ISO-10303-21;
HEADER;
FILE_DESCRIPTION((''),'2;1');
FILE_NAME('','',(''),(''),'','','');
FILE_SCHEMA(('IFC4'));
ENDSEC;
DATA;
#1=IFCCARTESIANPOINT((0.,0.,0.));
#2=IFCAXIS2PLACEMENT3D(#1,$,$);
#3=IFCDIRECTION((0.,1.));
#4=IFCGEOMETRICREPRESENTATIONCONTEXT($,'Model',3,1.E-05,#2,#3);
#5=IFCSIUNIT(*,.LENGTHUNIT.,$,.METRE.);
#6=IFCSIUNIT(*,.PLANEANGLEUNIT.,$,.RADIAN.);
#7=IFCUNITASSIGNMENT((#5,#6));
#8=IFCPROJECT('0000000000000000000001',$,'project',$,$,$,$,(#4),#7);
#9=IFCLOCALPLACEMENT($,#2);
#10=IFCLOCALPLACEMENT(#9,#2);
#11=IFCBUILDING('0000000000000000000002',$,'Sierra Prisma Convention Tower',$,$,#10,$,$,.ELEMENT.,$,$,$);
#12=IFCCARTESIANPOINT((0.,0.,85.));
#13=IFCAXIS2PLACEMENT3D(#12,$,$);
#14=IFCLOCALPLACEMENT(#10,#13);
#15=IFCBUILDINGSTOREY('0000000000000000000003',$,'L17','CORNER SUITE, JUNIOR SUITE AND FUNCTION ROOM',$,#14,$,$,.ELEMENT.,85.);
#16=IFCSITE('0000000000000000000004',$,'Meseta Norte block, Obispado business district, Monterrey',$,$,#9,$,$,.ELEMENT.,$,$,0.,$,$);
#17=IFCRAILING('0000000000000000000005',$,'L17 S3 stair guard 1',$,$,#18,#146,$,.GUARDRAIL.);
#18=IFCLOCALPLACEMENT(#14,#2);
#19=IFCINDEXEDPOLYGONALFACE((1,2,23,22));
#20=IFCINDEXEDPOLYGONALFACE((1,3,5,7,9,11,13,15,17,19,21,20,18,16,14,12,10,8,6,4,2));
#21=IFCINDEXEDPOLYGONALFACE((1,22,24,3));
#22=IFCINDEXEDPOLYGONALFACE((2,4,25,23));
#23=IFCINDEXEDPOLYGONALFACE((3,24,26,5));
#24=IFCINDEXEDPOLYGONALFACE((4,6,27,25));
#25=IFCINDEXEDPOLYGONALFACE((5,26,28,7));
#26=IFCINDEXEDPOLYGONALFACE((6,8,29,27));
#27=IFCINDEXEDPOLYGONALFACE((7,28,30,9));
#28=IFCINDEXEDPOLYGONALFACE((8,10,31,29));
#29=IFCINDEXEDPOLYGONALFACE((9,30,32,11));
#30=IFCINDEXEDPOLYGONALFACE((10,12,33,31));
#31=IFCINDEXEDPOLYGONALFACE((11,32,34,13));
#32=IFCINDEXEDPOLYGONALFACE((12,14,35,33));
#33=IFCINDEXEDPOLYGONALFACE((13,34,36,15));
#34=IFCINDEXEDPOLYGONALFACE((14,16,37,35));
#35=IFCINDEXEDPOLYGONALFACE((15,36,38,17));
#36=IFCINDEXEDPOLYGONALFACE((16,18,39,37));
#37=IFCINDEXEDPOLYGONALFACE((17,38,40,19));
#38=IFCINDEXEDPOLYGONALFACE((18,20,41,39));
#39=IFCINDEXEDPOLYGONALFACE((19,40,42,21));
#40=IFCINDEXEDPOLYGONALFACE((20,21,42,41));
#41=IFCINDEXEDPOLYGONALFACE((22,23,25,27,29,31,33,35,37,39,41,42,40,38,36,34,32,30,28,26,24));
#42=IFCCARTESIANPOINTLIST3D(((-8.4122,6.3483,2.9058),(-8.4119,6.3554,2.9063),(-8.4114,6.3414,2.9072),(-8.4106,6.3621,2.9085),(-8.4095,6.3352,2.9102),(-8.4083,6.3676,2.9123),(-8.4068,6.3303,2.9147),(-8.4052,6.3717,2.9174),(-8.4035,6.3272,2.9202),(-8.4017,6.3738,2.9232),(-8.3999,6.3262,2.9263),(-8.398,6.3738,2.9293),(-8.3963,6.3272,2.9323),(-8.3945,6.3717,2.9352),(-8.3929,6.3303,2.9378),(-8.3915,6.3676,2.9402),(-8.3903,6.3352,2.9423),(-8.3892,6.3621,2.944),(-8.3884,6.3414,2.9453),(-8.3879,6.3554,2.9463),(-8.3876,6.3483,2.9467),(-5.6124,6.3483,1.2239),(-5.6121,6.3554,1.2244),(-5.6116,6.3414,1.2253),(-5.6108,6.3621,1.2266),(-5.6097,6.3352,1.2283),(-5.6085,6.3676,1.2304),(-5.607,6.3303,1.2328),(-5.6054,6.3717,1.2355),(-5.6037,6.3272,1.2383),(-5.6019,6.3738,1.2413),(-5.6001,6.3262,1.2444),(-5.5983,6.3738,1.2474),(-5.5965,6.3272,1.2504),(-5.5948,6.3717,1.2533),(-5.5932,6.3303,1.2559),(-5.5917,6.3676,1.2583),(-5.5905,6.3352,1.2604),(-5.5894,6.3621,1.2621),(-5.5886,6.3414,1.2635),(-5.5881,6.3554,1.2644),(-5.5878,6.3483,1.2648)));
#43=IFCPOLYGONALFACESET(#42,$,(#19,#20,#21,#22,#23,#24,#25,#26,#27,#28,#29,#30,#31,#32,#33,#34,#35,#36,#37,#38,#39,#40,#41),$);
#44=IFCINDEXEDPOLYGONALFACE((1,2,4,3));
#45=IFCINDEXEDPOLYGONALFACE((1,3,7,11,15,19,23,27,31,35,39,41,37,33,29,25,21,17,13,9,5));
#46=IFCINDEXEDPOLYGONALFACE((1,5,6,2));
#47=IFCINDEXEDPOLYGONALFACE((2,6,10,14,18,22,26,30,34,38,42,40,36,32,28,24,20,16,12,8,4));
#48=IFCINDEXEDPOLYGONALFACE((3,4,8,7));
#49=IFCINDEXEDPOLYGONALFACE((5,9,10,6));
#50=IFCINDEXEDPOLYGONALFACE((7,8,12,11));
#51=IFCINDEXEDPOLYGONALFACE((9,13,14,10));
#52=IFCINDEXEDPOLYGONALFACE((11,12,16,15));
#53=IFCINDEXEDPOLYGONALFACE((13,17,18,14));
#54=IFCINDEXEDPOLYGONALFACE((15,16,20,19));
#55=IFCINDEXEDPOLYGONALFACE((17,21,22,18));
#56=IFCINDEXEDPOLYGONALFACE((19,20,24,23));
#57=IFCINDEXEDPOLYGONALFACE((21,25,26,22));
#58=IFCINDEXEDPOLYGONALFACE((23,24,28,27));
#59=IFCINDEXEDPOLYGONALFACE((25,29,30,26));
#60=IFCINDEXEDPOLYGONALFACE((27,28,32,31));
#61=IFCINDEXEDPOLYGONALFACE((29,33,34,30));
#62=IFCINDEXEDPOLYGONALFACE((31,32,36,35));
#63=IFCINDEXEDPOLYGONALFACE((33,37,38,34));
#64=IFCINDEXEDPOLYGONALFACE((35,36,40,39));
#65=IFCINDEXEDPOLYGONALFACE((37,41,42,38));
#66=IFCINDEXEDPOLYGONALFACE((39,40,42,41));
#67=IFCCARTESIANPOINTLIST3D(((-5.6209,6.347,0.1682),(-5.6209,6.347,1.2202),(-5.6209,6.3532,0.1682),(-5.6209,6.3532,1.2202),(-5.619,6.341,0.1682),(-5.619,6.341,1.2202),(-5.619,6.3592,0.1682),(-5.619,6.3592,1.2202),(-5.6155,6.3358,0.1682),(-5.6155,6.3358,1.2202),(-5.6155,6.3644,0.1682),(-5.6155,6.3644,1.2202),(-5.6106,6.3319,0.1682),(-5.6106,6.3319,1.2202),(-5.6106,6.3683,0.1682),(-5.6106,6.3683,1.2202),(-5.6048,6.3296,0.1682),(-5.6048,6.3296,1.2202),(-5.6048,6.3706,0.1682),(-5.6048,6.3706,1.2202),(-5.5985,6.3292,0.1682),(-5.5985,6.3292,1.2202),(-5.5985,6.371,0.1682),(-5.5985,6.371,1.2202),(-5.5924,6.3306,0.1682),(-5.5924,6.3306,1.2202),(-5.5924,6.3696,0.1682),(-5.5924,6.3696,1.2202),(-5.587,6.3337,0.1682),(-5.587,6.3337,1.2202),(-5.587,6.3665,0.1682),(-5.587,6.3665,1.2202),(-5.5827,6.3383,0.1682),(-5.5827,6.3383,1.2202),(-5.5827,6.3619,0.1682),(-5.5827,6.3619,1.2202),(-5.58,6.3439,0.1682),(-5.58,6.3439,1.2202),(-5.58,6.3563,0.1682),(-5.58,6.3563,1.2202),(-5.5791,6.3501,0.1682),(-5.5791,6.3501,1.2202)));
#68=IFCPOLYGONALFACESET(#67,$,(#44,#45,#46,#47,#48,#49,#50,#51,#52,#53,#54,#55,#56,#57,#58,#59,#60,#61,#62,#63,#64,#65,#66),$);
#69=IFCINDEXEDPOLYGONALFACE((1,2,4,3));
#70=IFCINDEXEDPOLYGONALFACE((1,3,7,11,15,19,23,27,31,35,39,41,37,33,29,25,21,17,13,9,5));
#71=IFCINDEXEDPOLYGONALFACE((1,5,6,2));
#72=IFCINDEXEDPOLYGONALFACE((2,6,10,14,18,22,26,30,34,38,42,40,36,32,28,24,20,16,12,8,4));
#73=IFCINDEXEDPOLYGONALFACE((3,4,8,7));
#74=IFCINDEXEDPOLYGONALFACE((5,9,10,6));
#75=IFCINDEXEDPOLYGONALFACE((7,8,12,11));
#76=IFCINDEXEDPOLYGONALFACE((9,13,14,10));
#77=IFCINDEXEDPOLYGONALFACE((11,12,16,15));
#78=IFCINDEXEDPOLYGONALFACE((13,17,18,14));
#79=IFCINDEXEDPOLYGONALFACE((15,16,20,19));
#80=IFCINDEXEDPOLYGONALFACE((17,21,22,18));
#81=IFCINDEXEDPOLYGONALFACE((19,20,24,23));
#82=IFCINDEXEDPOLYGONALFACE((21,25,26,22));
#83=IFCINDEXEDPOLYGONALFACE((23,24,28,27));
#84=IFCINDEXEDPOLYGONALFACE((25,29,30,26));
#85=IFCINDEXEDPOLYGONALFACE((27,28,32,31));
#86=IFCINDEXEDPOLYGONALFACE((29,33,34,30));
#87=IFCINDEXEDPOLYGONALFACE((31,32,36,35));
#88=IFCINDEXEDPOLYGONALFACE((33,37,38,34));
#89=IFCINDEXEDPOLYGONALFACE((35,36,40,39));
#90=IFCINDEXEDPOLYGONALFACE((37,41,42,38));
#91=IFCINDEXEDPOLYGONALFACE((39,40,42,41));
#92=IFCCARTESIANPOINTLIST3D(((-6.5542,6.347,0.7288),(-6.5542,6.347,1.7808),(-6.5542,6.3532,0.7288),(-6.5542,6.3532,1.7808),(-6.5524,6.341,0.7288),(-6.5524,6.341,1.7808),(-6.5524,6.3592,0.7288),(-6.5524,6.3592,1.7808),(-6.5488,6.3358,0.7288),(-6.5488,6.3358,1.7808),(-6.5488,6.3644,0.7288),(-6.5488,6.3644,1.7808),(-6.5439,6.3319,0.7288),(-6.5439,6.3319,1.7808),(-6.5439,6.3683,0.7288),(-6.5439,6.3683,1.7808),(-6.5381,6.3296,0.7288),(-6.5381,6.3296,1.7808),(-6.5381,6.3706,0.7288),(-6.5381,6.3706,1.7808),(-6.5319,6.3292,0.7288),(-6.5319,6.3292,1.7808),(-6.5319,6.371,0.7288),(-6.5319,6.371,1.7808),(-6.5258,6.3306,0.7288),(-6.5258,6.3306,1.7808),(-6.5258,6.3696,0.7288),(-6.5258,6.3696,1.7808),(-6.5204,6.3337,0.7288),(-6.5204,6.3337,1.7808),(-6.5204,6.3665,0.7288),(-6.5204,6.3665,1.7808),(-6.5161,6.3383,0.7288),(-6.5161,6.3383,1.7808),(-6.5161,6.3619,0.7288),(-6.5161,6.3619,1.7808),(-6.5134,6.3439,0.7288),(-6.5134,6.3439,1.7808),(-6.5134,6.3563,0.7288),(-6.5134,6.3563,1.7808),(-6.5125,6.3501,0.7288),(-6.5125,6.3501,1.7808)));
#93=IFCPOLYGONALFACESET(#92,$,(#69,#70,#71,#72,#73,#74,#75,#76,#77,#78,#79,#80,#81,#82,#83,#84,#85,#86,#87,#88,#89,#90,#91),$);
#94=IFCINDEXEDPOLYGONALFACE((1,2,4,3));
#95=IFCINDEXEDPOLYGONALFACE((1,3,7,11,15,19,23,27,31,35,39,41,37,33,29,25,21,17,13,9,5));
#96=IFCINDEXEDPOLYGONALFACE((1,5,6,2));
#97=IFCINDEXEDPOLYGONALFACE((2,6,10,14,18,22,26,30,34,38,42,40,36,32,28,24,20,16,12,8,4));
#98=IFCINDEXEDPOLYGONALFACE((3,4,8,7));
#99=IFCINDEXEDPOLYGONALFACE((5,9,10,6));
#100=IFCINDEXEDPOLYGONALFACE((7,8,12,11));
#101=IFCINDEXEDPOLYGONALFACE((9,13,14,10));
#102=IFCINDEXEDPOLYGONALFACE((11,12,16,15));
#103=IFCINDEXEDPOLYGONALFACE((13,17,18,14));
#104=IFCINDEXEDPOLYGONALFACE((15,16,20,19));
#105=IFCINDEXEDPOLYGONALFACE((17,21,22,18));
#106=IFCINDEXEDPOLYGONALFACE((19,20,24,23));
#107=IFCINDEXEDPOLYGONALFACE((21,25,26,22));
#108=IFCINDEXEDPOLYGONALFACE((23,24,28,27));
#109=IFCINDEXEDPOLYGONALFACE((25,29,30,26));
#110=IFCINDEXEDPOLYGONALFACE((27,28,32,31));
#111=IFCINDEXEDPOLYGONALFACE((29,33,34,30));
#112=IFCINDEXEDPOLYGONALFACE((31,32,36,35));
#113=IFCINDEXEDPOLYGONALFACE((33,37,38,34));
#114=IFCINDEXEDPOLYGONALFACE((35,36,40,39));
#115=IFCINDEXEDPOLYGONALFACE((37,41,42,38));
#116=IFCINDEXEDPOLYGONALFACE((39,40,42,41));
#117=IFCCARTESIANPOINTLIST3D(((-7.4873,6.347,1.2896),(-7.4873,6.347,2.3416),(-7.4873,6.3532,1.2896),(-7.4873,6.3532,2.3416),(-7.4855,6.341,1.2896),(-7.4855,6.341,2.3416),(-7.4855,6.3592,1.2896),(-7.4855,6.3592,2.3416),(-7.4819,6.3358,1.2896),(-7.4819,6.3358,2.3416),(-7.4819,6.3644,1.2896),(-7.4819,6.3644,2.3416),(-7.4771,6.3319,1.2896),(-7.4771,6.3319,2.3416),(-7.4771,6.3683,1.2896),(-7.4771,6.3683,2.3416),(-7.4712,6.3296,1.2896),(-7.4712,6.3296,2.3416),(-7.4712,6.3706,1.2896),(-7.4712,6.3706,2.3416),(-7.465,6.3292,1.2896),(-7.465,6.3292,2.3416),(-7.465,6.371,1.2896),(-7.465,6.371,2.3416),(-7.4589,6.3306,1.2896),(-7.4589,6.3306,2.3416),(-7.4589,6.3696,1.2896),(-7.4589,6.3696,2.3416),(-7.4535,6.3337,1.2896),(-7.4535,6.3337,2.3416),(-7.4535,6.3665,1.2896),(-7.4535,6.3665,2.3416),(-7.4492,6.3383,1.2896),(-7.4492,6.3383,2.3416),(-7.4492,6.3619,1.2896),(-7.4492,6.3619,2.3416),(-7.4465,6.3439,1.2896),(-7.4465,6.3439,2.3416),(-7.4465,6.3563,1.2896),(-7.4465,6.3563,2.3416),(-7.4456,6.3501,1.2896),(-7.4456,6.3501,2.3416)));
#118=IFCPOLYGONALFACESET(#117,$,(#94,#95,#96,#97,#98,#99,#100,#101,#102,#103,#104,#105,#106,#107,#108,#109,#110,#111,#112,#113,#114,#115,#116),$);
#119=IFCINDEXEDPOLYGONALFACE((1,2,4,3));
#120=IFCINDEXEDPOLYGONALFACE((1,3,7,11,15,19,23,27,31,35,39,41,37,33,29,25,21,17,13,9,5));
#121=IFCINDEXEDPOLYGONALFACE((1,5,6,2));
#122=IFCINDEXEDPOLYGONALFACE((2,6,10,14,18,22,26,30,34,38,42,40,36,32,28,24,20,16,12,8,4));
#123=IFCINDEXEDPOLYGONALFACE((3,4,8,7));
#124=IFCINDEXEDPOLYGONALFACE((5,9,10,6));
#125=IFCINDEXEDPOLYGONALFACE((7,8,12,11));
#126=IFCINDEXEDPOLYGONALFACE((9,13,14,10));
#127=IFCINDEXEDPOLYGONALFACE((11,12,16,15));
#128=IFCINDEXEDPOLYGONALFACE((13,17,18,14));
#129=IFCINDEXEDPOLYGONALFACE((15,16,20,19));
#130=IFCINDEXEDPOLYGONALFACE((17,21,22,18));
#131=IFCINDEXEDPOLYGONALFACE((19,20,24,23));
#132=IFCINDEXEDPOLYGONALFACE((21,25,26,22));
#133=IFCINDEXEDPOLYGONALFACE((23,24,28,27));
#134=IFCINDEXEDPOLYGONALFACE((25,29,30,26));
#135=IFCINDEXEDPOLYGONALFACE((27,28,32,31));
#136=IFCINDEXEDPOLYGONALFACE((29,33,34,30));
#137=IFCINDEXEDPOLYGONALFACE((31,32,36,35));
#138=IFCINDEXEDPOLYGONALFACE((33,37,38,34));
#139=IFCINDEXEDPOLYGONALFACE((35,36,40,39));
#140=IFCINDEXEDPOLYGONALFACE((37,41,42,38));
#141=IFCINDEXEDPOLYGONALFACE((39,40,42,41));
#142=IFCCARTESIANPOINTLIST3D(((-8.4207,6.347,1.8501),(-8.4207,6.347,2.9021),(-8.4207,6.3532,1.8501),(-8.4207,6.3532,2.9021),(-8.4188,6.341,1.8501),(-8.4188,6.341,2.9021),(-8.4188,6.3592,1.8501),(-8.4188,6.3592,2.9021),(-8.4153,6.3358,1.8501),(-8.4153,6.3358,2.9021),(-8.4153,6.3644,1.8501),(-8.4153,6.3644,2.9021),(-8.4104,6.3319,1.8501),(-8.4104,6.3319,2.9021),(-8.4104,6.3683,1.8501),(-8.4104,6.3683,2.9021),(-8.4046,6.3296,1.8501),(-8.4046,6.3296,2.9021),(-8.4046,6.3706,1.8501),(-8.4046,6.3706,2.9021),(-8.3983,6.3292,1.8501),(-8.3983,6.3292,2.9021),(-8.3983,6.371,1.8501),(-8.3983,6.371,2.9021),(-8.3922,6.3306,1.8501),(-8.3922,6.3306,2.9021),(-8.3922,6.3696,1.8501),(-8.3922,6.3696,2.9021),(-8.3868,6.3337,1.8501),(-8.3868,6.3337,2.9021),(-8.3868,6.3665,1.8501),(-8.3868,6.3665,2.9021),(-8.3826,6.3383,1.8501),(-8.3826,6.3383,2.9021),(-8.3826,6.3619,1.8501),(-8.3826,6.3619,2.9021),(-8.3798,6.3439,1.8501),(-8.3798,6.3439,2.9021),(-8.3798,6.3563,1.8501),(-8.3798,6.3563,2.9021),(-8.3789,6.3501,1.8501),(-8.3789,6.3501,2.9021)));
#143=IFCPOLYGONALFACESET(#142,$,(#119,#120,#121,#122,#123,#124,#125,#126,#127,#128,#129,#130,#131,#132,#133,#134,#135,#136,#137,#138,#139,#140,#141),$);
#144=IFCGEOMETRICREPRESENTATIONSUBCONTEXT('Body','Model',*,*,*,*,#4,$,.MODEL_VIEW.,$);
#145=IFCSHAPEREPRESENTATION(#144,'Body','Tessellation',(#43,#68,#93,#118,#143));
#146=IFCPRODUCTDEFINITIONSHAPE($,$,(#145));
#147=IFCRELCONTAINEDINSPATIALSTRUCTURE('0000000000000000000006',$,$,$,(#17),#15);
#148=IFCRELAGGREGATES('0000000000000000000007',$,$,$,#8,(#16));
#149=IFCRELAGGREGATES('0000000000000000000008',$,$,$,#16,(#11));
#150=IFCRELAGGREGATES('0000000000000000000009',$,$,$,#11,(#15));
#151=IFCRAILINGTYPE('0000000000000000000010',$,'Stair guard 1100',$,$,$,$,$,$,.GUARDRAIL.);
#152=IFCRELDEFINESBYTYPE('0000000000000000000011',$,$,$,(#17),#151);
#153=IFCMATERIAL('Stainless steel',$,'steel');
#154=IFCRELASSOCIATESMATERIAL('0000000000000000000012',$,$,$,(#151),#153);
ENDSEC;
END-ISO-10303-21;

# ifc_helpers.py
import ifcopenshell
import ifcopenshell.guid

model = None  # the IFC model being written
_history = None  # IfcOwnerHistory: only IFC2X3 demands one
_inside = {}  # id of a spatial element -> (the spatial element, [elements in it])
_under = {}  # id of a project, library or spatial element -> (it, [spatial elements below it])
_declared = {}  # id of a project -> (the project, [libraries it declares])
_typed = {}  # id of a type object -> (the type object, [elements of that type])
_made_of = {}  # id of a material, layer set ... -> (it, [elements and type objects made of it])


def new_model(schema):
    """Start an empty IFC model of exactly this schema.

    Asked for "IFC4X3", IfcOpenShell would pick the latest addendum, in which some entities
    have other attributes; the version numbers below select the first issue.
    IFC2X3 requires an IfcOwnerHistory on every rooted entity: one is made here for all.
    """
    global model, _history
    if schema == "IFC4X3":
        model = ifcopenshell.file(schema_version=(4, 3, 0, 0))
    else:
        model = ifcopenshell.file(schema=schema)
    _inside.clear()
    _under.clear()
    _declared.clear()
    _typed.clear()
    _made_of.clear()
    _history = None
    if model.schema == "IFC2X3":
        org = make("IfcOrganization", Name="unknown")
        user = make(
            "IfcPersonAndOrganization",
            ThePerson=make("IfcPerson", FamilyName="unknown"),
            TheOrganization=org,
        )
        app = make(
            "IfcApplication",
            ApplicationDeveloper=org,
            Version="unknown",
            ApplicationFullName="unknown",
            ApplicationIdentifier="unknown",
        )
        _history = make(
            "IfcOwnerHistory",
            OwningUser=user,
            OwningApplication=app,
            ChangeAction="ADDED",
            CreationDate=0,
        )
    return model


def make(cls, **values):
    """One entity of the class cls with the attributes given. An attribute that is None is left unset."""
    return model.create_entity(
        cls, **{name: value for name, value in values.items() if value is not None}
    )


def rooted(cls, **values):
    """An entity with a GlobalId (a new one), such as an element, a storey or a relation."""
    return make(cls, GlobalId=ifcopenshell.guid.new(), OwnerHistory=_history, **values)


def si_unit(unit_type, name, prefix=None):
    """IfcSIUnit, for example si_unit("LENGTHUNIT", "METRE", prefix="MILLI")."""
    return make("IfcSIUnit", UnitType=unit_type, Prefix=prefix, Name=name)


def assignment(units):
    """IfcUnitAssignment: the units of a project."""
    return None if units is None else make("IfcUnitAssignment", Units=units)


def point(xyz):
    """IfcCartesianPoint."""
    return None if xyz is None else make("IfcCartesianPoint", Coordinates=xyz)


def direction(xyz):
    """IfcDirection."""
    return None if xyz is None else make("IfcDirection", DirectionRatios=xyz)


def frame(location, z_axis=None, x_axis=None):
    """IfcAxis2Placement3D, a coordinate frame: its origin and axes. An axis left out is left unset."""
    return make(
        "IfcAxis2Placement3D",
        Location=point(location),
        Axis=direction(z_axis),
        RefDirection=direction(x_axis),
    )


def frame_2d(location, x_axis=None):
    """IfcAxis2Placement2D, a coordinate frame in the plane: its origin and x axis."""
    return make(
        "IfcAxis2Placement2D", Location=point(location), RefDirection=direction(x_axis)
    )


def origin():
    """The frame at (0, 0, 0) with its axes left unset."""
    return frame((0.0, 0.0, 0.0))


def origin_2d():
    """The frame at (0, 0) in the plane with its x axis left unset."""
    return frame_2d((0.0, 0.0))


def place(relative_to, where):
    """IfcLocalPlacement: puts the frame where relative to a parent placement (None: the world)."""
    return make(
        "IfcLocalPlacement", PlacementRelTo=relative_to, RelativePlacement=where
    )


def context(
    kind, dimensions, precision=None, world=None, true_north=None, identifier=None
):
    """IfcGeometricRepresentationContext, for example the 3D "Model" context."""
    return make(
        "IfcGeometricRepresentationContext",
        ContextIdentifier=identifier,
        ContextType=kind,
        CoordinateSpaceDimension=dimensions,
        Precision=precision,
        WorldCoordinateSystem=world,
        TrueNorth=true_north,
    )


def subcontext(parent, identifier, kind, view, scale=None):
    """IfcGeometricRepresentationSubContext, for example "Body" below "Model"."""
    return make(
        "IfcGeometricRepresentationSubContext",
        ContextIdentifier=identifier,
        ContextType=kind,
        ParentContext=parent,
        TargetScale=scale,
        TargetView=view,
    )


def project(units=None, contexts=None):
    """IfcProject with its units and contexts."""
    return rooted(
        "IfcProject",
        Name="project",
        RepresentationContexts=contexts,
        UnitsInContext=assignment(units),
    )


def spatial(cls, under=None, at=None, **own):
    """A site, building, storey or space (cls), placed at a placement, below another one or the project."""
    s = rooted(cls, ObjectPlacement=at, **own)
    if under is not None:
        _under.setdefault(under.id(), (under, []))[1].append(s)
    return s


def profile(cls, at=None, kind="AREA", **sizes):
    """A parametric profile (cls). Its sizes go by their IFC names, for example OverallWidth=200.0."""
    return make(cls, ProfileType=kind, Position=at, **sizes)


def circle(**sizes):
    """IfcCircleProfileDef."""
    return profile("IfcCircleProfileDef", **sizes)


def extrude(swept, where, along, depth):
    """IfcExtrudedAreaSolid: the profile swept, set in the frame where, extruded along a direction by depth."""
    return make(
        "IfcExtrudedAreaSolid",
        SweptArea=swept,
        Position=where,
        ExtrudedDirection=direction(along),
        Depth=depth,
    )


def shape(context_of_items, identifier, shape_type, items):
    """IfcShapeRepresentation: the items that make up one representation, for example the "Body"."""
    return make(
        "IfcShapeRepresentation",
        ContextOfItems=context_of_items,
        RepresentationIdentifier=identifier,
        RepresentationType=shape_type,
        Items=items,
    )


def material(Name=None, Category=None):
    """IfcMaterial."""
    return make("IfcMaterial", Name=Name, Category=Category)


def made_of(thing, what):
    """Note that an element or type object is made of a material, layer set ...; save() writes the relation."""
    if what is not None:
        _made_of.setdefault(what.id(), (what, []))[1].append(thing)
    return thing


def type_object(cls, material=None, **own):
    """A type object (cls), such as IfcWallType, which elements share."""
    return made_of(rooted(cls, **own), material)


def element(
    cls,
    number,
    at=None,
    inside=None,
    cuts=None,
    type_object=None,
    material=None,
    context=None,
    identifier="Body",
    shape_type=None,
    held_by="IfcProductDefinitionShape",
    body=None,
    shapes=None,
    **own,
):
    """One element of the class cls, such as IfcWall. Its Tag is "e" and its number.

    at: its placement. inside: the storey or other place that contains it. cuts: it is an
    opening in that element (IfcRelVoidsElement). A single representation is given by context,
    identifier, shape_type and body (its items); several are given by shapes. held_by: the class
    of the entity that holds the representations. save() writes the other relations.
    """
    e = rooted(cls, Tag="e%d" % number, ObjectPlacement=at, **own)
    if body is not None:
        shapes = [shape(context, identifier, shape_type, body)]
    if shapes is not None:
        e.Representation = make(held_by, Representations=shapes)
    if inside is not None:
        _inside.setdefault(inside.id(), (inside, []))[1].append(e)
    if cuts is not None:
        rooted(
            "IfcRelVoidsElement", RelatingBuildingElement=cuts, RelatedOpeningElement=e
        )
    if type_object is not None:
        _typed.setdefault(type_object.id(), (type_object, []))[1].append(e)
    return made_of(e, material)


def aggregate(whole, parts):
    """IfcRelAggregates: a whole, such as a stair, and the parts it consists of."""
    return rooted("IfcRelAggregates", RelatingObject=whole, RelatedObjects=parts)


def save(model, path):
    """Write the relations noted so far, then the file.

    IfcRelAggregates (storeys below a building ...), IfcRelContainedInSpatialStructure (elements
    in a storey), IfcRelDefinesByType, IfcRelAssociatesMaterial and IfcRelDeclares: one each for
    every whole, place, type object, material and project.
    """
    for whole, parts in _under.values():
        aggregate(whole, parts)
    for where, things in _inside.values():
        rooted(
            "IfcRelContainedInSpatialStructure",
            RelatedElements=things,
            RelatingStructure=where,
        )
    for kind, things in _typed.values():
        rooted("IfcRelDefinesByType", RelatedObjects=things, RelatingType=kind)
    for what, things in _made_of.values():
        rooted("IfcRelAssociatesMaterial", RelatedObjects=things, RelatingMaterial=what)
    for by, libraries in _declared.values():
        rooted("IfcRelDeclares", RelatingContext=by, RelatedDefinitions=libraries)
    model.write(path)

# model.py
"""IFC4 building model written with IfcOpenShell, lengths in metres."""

from ifc_helpers import new_model, si_unit, direction, frame, origin, origin_2d, place, context, subcontext, project, spatial, circle, extrude, material, type_object, element, save


model = new_model("IFC4")

# Units and contexts
model_context = context("Model", 3, precision=1e-05, world=origin(), true_north=direction((0.0, 1.0)))
body_context = subcontext(model_context, "Body", "Model", "MODEL_VIEW")
ifc_project = project(units=[si_unit("LENGTHUNIT", "METRE"), si_unit("PLANEANGLEUNIT", "RADIAN")], contexts=[model_context])

# Site, building, storey
site_placement = place(None, origin())
site = spatial("IfcSite", under=ifc_project, at=site_placement, Name="Meseta Norte block, Obispado business district, Monterrey", CompositionType="ELEMENT", RefElevation=0.0)
building_placement = place(site_placement, origin())
building = spatial("IfcBuilding", under=site, at=building_placement, Name="Sierra Prisma Convention Tower", CompositionType="ELEMENT")
storey_placement = place(building_placement, frame((0.0, 0.0, 85.0)))
storey = spatial("IfcBuildingStorey", under=building, at=storey_placement, Name="L17", Description="CORNER SUITE, JUNIOR SUITE AND FUNCTION ROOM", CompositionType="ELEMENT", Elevation=85.0)

# Railing
ifc_material_1 = material(Name="Stainless steel", Category="steel")
railing_type_1 = type_object("IfcRailingType", Name="Stair guard 1100", PredefinedType="GUARDRAIL", material=ifc_material_1)
railing_1_placement = place(storey_placement, frame((-5.6001, 6.3501, 0.1682)))
element("IfcRailing", 1, at=railing_1_placement, inside=storey, type_object=railing_type_1, Name="L17 S3 stair guard 1", PredefinedType="GUARDRAIL", context=body_context, shape_type="SweptSolid", body=[
    extrude(circle(Radius=0.0239, at=origin_2d()), frame((0.0, 0.0, 1.0762), z_axis=(-0.857222, 0.0, 0.514946), x_axis=(0.0, -1.0, 0.0)), (0.0, 0.0, 1.0), 3.2661),
    extrude(circle(Radius=0.021, at=origin_2d()), origin(), (0.0, 0.0, 1.0), 1.052),
    extrude(circle(Radius=0.021, at=origin_2d()), frame((-0.9333, 0.0, 0.5605)), (0.0, 0.0, 1.0), 1.052),
    extrude(circle(Radius=0.021, at=origin_2d()), frame((-1.8665, 0.0, 1.1213)), (0.0, 0.0, 1.0), 1.052),
    extrude(circle(Radius=0.021, at=origin_2d()), frame((-2.7998, 0.0, 1.6819)), (0.0, 0.0, 1.0), 1.052),
])

save(model, "model.ifc")
